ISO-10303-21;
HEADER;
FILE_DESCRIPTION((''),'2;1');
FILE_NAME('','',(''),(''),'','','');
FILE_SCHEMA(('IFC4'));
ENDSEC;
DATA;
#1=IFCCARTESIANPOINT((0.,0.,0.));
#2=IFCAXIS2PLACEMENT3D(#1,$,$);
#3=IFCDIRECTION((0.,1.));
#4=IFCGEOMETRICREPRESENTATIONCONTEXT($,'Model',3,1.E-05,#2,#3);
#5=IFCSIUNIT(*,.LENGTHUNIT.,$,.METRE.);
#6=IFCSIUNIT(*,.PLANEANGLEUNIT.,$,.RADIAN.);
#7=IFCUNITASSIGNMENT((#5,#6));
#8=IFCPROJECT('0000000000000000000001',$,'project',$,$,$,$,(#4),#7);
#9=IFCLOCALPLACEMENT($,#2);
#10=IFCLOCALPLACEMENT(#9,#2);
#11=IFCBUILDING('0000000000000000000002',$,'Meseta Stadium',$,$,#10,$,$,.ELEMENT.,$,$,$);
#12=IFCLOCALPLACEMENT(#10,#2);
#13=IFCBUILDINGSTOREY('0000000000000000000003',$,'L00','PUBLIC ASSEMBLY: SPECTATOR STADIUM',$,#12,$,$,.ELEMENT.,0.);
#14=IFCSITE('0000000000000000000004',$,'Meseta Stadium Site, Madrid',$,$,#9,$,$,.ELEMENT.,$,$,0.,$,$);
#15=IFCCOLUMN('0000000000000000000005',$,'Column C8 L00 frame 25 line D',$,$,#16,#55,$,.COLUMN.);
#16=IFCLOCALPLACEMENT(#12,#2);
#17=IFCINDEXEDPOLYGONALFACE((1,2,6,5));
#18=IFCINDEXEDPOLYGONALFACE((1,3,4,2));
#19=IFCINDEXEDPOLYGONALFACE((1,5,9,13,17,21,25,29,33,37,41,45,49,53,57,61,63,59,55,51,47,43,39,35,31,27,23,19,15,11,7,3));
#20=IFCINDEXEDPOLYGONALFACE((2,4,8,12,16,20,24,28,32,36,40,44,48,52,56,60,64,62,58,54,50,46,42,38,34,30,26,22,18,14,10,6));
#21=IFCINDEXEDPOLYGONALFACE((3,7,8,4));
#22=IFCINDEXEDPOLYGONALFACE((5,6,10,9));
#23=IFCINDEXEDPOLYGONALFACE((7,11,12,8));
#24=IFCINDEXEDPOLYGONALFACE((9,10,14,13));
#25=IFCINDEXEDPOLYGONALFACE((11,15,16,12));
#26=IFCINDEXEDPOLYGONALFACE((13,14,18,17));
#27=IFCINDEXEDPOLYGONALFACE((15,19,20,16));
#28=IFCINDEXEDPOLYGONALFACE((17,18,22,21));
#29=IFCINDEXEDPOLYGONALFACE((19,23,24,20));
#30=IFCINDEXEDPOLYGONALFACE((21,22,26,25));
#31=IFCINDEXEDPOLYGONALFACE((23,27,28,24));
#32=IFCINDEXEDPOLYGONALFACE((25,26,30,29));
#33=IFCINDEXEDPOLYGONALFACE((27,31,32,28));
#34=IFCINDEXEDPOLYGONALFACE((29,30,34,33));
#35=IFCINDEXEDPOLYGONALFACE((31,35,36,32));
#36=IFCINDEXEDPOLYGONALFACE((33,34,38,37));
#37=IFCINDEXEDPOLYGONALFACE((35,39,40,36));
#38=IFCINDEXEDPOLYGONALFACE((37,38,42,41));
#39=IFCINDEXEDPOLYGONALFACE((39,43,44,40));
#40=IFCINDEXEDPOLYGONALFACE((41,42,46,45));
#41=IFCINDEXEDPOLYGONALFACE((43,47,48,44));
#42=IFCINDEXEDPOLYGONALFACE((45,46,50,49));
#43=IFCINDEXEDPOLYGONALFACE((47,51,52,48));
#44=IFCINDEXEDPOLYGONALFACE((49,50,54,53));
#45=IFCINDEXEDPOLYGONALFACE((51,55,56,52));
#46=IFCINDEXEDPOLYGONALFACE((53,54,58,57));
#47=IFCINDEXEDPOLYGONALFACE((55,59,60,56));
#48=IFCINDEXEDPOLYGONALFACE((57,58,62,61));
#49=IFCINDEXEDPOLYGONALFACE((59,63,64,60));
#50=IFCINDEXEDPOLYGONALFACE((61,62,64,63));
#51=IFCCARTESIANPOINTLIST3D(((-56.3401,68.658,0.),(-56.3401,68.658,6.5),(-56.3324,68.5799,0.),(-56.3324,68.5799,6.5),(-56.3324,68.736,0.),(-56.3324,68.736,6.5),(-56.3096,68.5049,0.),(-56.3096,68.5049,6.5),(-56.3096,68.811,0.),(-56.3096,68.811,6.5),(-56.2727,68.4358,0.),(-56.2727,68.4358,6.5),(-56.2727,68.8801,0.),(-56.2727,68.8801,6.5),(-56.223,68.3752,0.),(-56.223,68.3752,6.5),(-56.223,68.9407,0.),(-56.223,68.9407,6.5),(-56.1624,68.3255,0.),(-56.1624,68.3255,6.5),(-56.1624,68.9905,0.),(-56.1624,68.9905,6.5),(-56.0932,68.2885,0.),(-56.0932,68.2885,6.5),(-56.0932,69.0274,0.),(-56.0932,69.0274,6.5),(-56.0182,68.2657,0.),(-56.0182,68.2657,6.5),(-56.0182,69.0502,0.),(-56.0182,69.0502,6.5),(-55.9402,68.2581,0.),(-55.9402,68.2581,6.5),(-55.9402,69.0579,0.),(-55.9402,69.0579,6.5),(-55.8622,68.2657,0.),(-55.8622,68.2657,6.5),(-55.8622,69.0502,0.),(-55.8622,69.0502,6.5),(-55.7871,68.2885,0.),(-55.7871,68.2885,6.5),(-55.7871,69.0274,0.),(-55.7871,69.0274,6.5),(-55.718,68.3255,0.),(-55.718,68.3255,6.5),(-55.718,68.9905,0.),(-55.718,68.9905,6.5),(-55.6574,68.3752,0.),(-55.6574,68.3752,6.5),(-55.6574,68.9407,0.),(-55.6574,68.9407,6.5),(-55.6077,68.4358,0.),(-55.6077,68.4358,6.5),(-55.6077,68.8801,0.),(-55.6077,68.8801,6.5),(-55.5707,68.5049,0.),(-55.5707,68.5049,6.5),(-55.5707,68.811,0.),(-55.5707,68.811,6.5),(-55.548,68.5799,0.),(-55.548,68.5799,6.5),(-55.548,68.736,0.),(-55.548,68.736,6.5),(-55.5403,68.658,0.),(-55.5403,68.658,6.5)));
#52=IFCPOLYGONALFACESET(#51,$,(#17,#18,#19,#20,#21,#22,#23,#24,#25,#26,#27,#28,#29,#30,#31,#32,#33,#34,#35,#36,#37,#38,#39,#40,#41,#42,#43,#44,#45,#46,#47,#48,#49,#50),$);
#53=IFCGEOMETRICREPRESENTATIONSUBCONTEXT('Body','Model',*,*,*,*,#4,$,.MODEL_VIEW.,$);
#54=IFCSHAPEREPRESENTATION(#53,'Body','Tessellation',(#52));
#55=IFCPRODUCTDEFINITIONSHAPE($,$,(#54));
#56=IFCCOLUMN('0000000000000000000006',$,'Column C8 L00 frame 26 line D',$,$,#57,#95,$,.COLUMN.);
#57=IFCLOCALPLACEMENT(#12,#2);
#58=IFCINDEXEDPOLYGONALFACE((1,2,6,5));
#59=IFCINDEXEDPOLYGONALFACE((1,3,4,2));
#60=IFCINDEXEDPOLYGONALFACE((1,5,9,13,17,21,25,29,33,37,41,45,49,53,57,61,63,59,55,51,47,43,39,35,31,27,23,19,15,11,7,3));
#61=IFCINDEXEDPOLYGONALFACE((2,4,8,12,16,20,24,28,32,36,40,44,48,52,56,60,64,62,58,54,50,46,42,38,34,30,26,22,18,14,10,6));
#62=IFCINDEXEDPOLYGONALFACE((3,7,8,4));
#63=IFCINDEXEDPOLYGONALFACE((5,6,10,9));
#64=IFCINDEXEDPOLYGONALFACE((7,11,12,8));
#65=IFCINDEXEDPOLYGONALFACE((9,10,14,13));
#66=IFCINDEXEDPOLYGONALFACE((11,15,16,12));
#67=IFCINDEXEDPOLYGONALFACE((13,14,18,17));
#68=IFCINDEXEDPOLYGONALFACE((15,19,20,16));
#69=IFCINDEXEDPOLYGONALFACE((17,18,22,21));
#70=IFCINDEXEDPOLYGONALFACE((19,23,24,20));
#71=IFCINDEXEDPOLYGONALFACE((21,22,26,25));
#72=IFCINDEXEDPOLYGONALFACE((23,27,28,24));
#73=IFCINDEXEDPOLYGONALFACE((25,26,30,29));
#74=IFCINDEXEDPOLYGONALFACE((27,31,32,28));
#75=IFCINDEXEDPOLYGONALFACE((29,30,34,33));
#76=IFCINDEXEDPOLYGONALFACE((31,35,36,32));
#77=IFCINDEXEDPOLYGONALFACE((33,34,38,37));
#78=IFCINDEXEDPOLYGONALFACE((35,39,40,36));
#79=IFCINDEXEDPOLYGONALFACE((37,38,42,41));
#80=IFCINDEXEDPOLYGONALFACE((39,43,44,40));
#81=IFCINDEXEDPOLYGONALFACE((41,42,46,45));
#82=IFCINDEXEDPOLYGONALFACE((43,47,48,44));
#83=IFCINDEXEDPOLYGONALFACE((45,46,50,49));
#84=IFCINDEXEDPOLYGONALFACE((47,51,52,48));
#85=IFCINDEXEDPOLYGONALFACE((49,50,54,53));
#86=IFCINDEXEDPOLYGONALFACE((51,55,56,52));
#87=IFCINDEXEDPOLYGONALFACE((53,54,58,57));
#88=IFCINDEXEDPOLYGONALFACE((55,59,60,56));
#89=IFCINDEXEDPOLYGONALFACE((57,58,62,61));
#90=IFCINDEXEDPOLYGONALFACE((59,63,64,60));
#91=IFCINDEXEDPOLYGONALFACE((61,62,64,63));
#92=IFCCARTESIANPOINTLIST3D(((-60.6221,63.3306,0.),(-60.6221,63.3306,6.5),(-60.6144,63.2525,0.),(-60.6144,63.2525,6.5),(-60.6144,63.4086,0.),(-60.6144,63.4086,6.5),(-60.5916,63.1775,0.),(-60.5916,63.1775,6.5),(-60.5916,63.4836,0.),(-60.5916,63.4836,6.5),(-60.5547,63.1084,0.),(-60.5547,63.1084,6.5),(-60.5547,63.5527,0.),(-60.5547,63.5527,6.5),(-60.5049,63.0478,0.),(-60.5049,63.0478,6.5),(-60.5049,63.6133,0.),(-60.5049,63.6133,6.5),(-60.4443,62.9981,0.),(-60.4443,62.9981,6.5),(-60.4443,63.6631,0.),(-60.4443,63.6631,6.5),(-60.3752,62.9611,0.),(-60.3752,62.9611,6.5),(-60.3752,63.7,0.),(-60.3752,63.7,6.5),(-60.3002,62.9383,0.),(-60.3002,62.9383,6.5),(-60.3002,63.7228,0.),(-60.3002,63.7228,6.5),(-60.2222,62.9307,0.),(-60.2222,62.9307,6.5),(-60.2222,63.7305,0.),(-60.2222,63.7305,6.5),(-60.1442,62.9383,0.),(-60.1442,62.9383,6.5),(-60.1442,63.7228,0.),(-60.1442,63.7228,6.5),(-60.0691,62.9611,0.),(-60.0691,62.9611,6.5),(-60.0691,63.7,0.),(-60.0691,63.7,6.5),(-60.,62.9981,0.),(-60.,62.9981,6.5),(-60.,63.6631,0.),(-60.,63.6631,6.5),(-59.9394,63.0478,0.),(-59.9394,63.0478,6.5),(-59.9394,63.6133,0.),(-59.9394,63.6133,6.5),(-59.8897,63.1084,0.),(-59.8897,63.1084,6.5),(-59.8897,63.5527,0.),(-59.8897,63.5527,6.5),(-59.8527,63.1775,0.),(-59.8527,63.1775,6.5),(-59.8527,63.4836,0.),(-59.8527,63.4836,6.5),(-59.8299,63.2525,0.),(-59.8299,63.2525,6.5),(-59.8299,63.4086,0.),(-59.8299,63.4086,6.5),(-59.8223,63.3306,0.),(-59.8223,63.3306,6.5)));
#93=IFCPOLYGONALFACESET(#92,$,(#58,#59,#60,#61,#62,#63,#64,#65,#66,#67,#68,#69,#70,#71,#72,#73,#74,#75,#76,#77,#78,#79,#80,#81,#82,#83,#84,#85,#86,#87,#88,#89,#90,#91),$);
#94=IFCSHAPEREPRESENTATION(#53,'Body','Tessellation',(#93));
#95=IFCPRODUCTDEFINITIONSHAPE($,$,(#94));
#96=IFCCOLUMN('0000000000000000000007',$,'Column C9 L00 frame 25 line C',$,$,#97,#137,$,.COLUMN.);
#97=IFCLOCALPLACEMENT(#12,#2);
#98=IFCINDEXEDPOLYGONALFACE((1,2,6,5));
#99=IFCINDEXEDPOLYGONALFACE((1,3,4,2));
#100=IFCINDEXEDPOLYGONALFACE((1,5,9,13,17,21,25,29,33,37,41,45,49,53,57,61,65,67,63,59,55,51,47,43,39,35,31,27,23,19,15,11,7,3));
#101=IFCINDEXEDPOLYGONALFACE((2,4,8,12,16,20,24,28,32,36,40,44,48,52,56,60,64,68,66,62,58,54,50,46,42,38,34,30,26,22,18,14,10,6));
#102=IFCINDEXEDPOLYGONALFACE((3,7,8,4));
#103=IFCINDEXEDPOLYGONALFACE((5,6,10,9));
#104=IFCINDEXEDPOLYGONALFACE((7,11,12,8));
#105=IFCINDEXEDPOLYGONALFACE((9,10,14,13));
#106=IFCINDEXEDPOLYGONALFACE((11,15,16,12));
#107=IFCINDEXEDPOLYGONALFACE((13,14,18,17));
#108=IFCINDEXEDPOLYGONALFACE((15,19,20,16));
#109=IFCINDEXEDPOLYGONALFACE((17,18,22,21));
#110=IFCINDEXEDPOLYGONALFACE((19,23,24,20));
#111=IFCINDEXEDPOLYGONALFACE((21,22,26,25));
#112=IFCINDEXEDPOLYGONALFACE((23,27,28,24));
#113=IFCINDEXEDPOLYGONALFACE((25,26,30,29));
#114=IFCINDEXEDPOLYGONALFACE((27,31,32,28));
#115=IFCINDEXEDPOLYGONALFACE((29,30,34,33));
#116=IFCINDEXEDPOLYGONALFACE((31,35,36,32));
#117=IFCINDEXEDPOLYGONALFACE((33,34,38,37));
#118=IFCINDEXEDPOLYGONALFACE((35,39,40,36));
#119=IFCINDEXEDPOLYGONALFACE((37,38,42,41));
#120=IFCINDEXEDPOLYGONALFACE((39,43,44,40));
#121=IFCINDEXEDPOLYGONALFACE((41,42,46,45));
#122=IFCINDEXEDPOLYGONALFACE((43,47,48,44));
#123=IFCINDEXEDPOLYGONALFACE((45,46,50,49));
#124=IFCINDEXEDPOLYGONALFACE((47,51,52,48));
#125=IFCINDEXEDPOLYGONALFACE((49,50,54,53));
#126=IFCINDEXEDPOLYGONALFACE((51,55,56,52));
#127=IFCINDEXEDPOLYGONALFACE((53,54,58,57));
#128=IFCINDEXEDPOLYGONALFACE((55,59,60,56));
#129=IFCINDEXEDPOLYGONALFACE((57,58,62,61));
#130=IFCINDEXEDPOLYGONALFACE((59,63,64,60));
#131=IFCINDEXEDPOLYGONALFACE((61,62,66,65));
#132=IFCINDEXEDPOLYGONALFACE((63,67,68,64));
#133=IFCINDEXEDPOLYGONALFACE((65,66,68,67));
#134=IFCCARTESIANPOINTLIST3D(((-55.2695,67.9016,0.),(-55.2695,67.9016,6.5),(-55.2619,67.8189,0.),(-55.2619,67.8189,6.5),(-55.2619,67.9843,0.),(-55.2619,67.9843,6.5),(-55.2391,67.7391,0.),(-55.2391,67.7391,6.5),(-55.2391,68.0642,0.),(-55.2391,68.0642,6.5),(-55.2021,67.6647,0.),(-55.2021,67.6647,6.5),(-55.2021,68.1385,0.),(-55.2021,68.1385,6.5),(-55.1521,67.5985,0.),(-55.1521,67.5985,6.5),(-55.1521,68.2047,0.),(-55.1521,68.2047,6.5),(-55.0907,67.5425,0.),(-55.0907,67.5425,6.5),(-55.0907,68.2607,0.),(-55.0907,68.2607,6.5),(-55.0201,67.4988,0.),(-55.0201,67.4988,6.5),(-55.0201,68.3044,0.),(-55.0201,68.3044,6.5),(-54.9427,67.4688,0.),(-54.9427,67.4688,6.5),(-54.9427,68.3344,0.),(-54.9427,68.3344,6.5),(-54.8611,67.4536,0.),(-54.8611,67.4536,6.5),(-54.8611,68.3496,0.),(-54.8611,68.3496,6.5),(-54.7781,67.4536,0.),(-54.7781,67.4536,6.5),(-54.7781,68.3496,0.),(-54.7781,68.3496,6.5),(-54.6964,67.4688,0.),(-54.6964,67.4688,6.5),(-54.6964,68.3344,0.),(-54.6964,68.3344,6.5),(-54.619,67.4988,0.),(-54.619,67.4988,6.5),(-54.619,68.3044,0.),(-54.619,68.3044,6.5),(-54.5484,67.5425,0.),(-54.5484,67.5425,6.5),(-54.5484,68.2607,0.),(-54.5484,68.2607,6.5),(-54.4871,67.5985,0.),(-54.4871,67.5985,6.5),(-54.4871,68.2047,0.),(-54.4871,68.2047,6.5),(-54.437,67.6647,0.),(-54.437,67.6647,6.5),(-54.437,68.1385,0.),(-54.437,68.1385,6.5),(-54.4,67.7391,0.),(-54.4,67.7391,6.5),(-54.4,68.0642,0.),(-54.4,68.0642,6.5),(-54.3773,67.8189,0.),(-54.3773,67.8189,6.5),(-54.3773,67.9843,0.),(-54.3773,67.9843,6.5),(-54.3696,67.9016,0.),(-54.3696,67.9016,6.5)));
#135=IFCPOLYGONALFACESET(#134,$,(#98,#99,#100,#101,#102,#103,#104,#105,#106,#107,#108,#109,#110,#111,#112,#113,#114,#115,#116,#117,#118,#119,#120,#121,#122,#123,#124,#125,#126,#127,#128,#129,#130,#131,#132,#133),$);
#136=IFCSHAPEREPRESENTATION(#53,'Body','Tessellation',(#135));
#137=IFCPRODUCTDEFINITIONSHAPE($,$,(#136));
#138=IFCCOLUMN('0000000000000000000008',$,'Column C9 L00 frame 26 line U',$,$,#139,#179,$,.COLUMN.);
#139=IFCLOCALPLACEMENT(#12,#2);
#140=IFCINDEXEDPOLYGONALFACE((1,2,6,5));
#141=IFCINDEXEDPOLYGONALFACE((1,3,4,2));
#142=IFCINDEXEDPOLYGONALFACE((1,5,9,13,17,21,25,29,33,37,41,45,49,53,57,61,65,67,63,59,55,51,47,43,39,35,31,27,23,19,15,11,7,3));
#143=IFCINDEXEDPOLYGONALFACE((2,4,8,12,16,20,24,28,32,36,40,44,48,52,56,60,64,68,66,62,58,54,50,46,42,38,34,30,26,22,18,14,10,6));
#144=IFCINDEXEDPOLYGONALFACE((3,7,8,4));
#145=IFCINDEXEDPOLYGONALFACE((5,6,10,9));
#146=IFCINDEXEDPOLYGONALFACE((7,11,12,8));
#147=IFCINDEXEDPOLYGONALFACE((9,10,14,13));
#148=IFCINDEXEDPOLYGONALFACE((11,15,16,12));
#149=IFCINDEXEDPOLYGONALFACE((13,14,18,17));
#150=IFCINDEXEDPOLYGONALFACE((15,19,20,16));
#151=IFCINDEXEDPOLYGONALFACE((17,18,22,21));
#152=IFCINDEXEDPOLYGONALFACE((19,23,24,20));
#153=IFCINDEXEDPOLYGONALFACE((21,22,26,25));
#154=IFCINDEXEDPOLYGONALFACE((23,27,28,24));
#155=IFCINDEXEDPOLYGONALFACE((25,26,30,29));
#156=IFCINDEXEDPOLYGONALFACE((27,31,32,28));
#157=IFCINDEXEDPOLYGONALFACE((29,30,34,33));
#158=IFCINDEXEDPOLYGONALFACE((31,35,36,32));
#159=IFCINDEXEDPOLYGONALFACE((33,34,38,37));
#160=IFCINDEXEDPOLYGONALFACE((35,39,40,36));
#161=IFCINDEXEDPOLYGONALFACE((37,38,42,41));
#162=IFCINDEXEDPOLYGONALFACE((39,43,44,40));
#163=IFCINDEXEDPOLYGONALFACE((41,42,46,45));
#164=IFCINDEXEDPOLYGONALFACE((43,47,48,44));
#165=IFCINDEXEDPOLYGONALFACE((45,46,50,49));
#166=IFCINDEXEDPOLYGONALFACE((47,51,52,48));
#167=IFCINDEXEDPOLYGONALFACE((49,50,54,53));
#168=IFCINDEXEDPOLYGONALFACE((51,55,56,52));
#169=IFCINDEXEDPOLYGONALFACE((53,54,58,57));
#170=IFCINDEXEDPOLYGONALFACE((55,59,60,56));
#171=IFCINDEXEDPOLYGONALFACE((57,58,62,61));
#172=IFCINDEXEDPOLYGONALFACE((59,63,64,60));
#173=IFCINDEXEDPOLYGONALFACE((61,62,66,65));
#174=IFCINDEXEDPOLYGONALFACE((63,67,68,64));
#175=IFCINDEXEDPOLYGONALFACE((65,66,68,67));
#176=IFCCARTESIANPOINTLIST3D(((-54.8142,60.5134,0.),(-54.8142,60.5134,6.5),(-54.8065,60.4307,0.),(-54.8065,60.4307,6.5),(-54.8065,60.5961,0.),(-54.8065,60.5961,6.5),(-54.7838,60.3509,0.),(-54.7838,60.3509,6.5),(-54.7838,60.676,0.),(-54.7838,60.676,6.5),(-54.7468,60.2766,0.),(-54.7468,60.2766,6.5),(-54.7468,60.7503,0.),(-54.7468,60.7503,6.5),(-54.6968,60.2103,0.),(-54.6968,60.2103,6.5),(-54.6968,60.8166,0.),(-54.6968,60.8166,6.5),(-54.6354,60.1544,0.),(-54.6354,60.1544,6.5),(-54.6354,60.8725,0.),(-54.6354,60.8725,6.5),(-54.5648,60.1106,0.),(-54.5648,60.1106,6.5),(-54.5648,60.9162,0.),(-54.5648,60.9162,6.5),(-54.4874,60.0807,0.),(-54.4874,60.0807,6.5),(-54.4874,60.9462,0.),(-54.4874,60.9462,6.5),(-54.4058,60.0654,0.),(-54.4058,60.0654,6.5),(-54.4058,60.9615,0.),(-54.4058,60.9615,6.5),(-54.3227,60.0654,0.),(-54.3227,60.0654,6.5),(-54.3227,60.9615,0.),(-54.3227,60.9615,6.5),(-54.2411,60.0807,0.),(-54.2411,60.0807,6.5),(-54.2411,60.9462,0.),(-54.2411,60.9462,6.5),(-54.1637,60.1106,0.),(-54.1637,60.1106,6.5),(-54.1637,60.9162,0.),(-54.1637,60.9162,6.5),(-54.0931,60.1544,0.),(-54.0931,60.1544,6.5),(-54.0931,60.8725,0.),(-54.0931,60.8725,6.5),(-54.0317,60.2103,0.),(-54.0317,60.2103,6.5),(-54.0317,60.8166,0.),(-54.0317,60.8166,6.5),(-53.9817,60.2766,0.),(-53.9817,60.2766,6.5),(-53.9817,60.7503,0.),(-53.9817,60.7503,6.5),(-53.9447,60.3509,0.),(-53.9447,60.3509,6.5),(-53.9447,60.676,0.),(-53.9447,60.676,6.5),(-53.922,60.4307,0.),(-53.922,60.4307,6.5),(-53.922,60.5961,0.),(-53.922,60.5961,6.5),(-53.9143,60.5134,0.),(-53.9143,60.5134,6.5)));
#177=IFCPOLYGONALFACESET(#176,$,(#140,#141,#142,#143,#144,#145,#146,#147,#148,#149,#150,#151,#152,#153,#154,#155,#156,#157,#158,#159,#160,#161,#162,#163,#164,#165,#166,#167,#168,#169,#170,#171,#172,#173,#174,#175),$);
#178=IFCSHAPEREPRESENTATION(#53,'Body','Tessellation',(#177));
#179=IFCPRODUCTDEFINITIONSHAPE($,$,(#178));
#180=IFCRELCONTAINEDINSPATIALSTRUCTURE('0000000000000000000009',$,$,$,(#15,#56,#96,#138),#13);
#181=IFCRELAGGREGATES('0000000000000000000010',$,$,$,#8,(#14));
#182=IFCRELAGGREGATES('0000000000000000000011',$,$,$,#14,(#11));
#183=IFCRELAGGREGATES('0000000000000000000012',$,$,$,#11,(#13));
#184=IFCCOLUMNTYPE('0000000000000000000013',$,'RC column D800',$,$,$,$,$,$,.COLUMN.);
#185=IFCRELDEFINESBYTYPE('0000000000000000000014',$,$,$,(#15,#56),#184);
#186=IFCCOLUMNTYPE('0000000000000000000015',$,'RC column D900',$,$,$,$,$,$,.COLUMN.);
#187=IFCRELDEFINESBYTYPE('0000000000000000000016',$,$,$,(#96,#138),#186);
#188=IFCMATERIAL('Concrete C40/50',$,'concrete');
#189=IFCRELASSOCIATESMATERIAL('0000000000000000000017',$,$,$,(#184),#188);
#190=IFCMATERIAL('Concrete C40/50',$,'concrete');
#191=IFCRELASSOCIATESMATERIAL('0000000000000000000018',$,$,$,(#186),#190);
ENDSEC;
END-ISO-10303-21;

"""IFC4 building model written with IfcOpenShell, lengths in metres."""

from ifc_helpers import new_model, si_unit, direction, frame, origin, origin_2d, place, context, subcontext, project, spatial, circle, extrude, material, material_profile, profile_set, type_object, element, save


model = new_model("IFC4")

# Units and contexts
model_context = context("Model", 3, precision=1e-05, world=origin(), true_north=direction((0.0, 1.0)))
body_context = subcontext(model_context, "Body", "Model", "MODEL_VIEW")
ifc_project = project(units=[si_unit("LENGTHUNIT", "METRE"), si_unit("PLANEANGLEUNIT", "RADIAN")], contexts=[model_context])

# Site, building, storey
site_placement = place(None, origin())
site = spatial("IfcSite", under=ifc_project, at=site_placement, Name="Meseta Stadium Site, Madrid", CompositionType="ELEMENT", RefElevation=0.0)
building_placement = place(site_placement, origin())
building = spatial("IfcBuilding", under=site, at=building_placement, Name="Meseta Stadium", CompositionType="ELEMENT")
storey_placement = place(building_placement, origin())
storey = spatial("IfcBuildingStorey", under=building, at=storey_placement, Name="L00", Description="PUBLIC ASSEMBLY: SPECTATOR STADIUM", CompositionType="ELEMENT", Elevation=0.0)

# Columns
ifc_material_1 = material(Name="Concrete C40/50", Category="concrete")
ifc_material_profile_1 = material_profile(ifc_material_1, circle(Radius=0.3999, at=origin_2d()), Name="RC D800")
ifc_profile_set_1 = profile_set([ifc_material_profile_1], Name="Concrete C40/50")
column_type_1 = type_object("IfcColumnType", Name="RC column D800", PredefinedType="COLUMN", material=ifc_profile_set_1)
for number, where, z_axis, x_axis, name in (
    (1, (-55.9402, 68.658, 0.0), (0.0, 0.0, 1.0), (1.0, 0.0, 0.0), "Column C8 L00 frame 25 line D"),
    (2, (-60.2222, 63.3306, 0.0), (0.0, 0.0, 1.0), (1.0, 0.0, 0.0), "Column C8 L00 frame 26 line D"),
):
    element("IfcColumn", number, at=place(storey_placement, frame(where, z_axis=z_axis, x_axis=x_axis)), inside=storey, type_object=column_type_1, Name=name, PredefinedType="COLUMN", context=body_context, shape_type="SweptSolid", body=[
        extrude(circle(Radius=0.3999, at=origin_2d()), origin(), (0.0, 0.0, 1.0), 6.5),
    ])
ifc_material_2 = material(Name="Concrete C40/50", Category="concrete")
ifc_material_profile_2 = material_profile(ifc_material_2, circle(Radius=0.45, at=origin_2d()), Name="RC D900")
ifc_profile_set_2 = profile_set([ifc_material_profile_2], Name="Concrete C40/50")
column_type_2 = type_object("IfcColumnType", Name="RC column D900", PredefinedType="COLUMN", material=ifc_profile_set_2)
for number, where, z_axis, x_axis, name in (
    (3, (-54.8196, 67.9016, 0.0), (0.0, 0.0, 1.0), (1.0, 0.0, 0.0), "Column C9 L00 frame 25 line C"),
    (4, (-54.3643, 60.5134, 0.0), (0.0, 0.0, 1.0), (1.0, 0.0, 0.0), "Column C9 L00 frame 26 line U"),
):
    element("IfcColumn", number, at=place(storey_placement, frame(where, z_axis=z_axis, x_axis=x_axis)), inside=storey, type_object=column_type_2, Name=name, PredefinedType="COLUMN", context=body_context, shape_type="SweptSolid", body=[
        extrude(circle(Radius=0.45, at=origin_2d()), origin(), (0.0, 0.0, 1.0), 6.5),
    ])

save(model, "model.ifc")
